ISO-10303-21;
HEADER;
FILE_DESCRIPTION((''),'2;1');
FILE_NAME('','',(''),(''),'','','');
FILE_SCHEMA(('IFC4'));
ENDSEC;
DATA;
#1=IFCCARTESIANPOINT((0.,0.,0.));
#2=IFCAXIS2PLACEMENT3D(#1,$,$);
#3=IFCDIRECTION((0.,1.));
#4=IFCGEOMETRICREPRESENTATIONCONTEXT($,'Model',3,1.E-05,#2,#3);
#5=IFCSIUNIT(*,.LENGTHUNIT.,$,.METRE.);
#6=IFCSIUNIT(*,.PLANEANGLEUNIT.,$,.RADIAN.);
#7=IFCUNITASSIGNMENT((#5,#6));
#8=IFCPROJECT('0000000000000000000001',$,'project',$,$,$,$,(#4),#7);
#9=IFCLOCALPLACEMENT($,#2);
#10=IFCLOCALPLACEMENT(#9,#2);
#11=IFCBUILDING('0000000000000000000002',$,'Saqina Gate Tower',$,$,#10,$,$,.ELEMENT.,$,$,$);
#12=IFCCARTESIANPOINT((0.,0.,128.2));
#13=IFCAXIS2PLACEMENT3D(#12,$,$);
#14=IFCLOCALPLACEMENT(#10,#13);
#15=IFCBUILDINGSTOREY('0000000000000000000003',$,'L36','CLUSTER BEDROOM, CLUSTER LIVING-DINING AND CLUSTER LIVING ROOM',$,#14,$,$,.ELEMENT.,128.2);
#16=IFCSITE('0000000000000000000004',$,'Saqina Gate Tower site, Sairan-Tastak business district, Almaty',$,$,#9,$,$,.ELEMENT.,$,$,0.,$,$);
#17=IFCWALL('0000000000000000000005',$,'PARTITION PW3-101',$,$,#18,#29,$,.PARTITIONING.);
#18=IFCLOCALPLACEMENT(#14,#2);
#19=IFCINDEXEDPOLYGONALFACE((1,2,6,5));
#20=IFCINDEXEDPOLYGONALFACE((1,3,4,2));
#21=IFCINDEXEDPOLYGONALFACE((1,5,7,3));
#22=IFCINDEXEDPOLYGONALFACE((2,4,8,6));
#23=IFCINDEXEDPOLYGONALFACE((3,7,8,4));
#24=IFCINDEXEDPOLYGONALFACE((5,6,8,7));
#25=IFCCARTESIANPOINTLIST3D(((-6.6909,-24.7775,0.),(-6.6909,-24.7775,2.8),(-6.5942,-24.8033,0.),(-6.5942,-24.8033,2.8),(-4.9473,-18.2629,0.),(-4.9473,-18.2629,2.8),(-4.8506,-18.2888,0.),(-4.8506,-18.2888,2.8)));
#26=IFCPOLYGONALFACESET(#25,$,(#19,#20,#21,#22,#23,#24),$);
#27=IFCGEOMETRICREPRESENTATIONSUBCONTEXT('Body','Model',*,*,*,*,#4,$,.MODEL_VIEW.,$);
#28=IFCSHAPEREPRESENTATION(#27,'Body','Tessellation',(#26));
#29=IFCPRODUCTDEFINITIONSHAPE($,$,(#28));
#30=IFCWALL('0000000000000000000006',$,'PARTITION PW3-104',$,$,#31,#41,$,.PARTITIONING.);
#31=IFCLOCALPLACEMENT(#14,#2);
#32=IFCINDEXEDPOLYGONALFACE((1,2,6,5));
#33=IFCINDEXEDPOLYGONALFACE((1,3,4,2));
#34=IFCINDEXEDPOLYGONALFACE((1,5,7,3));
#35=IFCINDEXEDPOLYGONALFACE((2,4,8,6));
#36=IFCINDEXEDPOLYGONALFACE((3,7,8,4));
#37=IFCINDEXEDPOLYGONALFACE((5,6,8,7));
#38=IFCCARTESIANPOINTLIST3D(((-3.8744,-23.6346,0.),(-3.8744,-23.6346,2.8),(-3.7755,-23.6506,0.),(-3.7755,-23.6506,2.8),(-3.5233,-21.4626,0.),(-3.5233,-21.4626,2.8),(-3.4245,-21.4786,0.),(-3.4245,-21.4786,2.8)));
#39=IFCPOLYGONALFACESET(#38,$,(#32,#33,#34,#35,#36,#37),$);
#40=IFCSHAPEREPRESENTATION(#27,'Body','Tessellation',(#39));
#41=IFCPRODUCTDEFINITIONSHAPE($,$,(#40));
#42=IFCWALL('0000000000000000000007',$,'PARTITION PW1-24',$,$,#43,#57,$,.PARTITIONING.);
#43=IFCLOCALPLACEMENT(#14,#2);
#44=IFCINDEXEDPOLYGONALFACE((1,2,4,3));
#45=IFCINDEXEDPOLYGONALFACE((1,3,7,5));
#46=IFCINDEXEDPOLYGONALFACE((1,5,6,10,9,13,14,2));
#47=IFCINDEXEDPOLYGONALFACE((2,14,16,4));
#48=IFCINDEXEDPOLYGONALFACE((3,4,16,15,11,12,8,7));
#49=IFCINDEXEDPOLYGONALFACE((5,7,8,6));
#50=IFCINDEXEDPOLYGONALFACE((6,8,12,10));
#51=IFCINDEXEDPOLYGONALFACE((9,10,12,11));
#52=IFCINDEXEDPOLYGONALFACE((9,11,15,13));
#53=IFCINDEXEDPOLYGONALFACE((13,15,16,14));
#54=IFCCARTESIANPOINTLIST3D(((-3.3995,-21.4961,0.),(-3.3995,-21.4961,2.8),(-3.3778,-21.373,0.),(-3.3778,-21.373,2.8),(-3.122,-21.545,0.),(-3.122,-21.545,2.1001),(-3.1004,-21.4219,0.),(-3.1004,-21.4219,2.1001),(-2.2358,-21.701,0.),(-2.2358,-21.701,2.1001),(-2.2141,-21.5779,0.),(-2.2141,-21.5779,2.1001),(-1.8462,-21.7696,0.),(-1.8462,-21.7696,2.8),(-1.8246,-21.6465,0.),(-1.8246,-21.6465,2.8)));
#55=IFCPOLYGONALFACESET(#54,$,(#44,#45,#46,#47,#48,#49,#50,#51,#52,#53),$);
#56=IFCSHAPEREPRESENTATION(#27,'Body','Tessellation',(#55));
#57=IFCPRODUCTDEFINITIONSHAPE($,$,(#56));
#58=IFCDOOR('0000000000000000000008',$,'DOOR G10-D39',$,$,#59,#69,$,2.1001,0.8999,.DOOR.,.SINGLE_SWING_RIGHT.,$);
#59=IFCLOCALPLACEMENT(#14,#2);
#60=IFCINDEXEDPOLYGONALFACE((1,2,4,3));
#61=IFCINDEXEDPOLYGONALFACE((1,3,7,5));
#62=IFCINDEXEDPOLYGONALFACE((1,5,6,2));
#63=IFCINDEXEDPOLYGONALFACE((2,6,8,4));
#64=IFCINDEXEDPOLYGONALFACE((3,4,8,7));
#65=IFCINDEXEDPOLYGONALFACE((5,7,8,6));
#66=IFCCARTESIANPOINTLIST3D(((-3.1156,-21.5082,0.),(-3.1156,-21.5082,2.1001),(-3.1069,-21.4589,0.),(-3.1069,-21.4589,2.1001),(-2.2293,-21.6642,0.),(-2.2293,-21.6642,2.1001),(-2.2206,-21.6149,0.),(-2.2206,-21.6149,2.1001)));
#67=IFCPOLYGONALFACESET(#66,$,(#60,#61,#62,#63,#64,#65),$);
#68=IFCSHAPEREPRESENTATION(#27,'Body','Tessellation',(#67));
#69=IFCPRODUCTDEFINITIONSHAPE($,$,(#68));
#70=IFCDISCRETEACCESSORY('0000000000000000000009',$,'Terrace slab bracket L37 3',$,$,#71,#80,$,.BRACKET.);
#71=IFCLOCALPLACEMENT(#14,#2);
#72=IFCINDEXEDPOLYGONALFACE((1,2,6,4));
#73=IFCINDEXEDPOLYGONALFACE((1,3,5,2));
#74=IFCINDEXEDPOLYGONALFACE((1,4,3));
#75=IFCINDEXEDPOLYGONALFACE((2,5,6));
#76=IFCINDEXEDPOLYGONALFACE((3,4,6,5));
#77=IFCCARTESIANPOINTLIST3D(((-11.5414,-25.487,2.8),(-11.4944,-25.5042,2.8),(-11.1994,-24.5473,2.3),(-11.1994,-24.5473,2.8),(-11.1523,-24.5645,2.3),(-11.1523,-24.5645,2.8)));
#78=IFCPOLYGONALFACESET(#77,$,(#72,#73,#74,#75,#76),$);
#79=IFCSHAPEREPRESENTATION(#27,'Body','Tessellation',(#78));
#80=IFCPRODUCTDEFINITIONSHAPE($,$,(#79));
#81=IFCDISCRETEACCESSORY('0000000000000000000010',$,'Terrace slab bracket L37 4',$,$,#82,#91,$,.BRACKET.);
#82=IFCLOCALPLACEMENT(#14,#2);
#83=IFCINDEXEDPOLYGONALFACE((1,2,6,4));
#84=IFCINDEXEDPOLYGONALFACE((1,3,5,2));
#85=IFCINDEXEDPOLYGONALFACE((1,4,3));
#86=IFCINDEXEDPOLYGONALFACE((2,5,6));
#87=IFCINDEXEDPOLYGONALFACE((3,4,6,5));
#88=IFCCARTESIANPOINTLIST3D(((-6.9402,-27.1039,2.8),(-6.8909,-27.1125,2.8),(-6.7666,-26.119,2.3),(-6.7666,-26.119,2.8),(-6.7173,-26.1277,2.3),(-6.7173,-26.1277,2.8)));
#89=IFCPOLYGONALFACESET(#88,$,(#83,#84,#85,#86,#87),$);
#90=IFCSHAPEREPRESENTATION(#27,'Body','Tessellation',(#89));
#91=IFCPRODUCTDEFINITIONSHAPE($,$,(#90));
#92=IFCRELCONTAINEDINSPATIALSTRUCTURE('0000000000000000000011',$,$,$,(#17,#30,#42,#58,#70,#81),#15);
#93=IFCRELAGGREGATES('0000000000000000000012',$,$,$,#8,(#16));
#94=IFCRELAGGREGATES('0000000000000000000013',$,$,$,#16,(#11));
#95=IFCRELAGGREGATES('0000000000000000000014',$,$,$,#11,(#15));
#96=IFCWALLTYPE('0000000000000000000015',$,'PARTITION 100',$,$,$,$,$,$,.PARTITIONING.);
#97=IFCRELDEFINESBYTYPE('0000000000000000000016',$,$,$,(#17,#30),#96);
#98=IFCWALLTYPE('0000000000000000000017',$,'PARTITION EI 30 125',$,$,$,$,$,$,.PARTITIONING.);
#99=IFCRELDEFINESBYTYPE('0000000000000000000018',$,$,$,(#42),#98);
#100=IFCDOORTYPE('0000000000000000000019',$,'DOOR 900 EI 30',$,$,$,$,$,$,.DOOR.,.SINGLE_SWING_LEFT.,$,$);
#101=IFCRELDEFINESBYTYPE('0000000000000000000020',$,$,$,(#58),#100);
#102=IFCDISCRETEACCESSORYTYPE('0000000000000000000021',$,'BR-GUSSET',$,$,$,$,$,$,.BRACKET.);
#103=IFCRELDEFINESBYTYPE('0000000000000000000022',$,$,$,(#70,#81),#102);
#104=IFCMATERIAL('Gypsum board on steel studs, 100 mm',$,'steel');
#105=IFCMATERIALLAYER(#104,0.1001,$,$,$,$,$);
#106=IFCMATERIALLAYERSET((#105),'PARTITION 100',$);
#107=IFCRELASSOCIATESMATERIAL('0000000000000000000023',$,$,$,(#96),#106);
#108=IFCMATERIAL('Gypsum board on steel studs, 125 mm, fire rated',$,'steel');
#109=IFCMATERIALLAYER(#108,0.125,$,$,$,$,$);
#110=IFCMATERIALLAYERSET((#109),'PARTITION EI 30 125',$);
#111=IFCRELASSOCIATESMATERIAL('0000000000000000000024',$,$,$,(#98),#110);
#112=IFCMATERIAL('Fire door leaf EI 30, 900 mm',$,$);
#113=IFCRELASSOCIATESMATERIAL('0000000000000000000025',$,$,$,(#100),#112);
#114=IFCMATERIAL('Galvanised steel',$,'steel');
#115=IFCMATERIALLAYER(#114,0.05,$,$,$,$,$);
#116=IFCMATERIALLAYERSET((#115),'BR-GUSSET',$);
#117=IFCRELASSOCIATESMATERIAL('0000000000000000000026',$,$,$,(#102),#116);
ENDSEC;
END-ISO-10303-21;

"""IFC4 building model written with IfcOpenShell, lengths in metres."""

from ifc_helpers import new_model, si_unit, direction, frame, frame_2d, origin, place, context, subcontext, project, spatial, polyline, rectangle, outline, extrude, material, layer, layer_set, type_object, element, fill, save


model = new_model("IFC4")

# Units and contexts
model_context = context("Model", 3, precision=1e-05, world=origin(), true_north=direction((0.0, 1.0)))
body_context = subcontext(model_context, "Body", "Model", "MODEL_VIEW")
ifc_project = project(units=[si_unit("LENGTHUNIT", "METRE"), si_unit("PLANEANGLEUNIT", "RADIAN")], contexts=[model_context])

# Site, building, storey
site_placement = place(None, origin())
site = spatial("IfcSite", under=ifc_project, at=site_placement, Name="Saqina Gate Tower site, Sairan-Tastak business district, Almaty", CompositionType="ELEMENT", RefElevation=0.0)
building_placement = place(site_placement, origin())
building = spatial("IfcBuilding", under=site, at=building_placement, Name="Saqina Gate Tower", CompositionType="ELEMENT")
storey_placement = place(building_placement, frame((0.0, 0.0, 128.2)))
storey = spatial("IfcBuildingStorey", under=building, at=storey_placement, Name="L36", Description="CLUSTER BEDROOM, CLUSTER LIVING-DINING AND CLUSTER LIVING ROOM", CompositionType="ELEMENT", Elevation=128.2)

# Shared definitions
ifc_material_1 = material(Name="Gypsum board on steel studs, 100 mm", Category="steel")
ifc_layer_1 = layer(ifc_material_1, 0.1001)
ifc_layer_set_1 = layer_set([ifc_layer_1], Name="PARTITION 100")
wall_type_1 = type_object("IfcWallType", Name="PARTITION 100", PredefinedType="PARTITIONING", material=ifc_layer_set_1)

# Walls
wall_1_placement = place(storey_placement, frame((-6.6426, -24.7905, 0.0), z_axis=(0.0, 0.0, 1.0), x_axis=(0.25855, 0.965998, 0.0)))
element("IfcWall", 1, at=wall_1_placement, inside=storey, type_object=wall_type_1, Name="PARTITION PW3-101", PredefinedType="PARTITIONING", context=body_context, shape_type="SweptSolid", body=[
    extrude(rectangle(XDim=6.7439, YDim=0.1001, at=frame_2d((3.3721, 0.0))), origin(), (0.0, 0.0, 1.0), 2.8),
])
wall_2_placement = place(storey_placement, frame((-3.825, -23.6426, 0.0), z_axis=(0.0, 0.0, 1.0), x_axis=(0.159557, 0.987189, 0.0)))
element("IfcWall", 2, at=wall_2_placement, inside=storey, type_object=wall_type_1, Name="PARTITION PW3-104", PredefinedType="PARTITIONING", context=body_context, shape_type="SweptSolid", body=[
    extrude(rectangle(XDim=2.2002, YDim=0.1001, at=frame_2d((1.1001, 0.0))), origin(), (0.0, 0.0, 1.0), 2.8),
])

# Wall, opening, door
ifc_material_2 = material(Name="Gypsum board on steel studs, 125 mm, fire rated", Category="steel")
ifc_layer_2 = layer(ifc_material_2, 0.125)
ifc_layer_set_2 = layer_set([ifc_layer_2], Name="PARTITION EI 30 125")
wall_type_2 = type_object("IfcWallType", Name="PARTITION EI 30 125", PredefinedType="PARTITIONING", material=ifc_layer_set_2)
wall_3_placement = place(storey_placement, frame((-3.3887, -21.4346, 0.0), z_axis=(0.0, 0.0, 1.0), x_axis=(0.984855, -0.173379, 0.0)))
wall_3 = element("IfcWall", 3, at=wall_3_placement, inside=storey, type_object=wall_type_2, Name="PARTITION PW1-24", PredefinedType="PARTITIONING", context=body_context, shape_type="SweptSolid", body=[
    extrude(rectangle(XDim=1.5771, YDim=0.125, at=frame_2d((0.7886, 0.0))), origin(), (0.0, 0.0, 1.0), 2.8),
])
opening_1_placement = place(wall_3_placement, frame((0.2817, 0.0, 0.0)))
opening_1 = element("IfcOpeningElement", 4, at=opening_1_placement, cuts=wall_3, PredefinedType="OPENING", context=body_context, shape_type="SweptSolid", body=[
    extrude(rectangle(XDim=0.8999, YDim=2.1001, at=frame_2d((0.45, 1.05))), frame((0.0, 0.0745, 0.0), z_axis=(0.0, -1.0, 0.0), x_axis=(1.0, 0.0, 0.0)), (0.0, 0.0, 1.0), 0.1489),
])
ifc_material_3 = material(Name="Fire door leaf EI 30, 900 mm")
door_type_1 = type_object("IfcDoorType", Name="DOOR 900 EI 30", OperationType="SINGLE_SWING_LEFT", PredefinedType="DOOR", material=ifc_material_3)
door_1_placement = place(opening_1_placement, origin())
door_1 = element("IfcDoor", 5, at=door_1_placement, inside=storey, type_object=door_type_1, Name="DOOR G10-D39", OperationType="SINGLE_SWING_RIGHT", OverallHeight=2.1001, OverallWidth=0.8999, PredefinedType="DOOR", context=body_context, shape_type="SweptSolid", body=[
    extrude(rectangle(XDim=0.8999, YDim=2.1001, at=frame_2d((0.45, 1.05))), frame((0.0, 0.0249, 0.0), z_axis=(0.0, -1.0, 0.0), x_axis=(1.0, 0.0, 0.0)), (0.0, 0.0, 1.0), 0.05),
])
fill(opening_1, door_1)

# Discrete accessories
ifc_material_4 = material(Name="Galvanised steel", Category="steel")
ifc_layer_3 = layer(ifc_material_4, 0.05)
ifc_layer_set_3 = layer_set([ifc_layer_3], Name="BR-GUSSET")
discrete_accessory_type = type_object("IfcDiscreteAccessoryType", Name="BR-GUSSET", PredefinedType="BRACKET", material=ifc_layer_set_3)
discrete_accessory_1_placement = place(storey_placement, frame((-11.1523, -24.5645, 2.3), z_axis=(0.939686, -0.342037, 0.0), x_axis=(0.0, 0.0, 1.0)))
element("IfcDiscreteAccessory", 6, at=discrete_accessory_1_placement, inside=storey, type_object=discrete_accessory_type, Name="Terrace slab bracket L37 3", PredefinedType="BRACKET", context=body_context, shape_type="SweptSolid", body=[
    extrude(outline(polyline([(0.0, 0.0), (0.5, 0.0), (0.5, 1.0), (0.0, 0.0)])), origin(), (0.0, 0.0, -1.0), 0.05),
])
discrete_accessory_2_placement = place(storey_placement, frame((-6.7173, -26.1277, 2.3), z_axis=(0.98482, -0.173576, 0.0), x_axis=(0.0, 0.0, 1.0)))
element("IfcDiscreteAccessory", 7, at=discrete_accessory_2_placement, inside=storey, type_object=discrete_accessory_type, Name="Terrace slab bracket L37 4", PredefinedType="BRACKET", context=body_context, shape_type="SweptSolid", body=[
    extrude(outline(polyline([(0.0, 0.0), (0.5, 0.0), (0.5, 1.0), (0.0, 0.0)])), origin(), (0.0, 0.0, -1.0), 0.05),
])

save(model, "model.ifc")
